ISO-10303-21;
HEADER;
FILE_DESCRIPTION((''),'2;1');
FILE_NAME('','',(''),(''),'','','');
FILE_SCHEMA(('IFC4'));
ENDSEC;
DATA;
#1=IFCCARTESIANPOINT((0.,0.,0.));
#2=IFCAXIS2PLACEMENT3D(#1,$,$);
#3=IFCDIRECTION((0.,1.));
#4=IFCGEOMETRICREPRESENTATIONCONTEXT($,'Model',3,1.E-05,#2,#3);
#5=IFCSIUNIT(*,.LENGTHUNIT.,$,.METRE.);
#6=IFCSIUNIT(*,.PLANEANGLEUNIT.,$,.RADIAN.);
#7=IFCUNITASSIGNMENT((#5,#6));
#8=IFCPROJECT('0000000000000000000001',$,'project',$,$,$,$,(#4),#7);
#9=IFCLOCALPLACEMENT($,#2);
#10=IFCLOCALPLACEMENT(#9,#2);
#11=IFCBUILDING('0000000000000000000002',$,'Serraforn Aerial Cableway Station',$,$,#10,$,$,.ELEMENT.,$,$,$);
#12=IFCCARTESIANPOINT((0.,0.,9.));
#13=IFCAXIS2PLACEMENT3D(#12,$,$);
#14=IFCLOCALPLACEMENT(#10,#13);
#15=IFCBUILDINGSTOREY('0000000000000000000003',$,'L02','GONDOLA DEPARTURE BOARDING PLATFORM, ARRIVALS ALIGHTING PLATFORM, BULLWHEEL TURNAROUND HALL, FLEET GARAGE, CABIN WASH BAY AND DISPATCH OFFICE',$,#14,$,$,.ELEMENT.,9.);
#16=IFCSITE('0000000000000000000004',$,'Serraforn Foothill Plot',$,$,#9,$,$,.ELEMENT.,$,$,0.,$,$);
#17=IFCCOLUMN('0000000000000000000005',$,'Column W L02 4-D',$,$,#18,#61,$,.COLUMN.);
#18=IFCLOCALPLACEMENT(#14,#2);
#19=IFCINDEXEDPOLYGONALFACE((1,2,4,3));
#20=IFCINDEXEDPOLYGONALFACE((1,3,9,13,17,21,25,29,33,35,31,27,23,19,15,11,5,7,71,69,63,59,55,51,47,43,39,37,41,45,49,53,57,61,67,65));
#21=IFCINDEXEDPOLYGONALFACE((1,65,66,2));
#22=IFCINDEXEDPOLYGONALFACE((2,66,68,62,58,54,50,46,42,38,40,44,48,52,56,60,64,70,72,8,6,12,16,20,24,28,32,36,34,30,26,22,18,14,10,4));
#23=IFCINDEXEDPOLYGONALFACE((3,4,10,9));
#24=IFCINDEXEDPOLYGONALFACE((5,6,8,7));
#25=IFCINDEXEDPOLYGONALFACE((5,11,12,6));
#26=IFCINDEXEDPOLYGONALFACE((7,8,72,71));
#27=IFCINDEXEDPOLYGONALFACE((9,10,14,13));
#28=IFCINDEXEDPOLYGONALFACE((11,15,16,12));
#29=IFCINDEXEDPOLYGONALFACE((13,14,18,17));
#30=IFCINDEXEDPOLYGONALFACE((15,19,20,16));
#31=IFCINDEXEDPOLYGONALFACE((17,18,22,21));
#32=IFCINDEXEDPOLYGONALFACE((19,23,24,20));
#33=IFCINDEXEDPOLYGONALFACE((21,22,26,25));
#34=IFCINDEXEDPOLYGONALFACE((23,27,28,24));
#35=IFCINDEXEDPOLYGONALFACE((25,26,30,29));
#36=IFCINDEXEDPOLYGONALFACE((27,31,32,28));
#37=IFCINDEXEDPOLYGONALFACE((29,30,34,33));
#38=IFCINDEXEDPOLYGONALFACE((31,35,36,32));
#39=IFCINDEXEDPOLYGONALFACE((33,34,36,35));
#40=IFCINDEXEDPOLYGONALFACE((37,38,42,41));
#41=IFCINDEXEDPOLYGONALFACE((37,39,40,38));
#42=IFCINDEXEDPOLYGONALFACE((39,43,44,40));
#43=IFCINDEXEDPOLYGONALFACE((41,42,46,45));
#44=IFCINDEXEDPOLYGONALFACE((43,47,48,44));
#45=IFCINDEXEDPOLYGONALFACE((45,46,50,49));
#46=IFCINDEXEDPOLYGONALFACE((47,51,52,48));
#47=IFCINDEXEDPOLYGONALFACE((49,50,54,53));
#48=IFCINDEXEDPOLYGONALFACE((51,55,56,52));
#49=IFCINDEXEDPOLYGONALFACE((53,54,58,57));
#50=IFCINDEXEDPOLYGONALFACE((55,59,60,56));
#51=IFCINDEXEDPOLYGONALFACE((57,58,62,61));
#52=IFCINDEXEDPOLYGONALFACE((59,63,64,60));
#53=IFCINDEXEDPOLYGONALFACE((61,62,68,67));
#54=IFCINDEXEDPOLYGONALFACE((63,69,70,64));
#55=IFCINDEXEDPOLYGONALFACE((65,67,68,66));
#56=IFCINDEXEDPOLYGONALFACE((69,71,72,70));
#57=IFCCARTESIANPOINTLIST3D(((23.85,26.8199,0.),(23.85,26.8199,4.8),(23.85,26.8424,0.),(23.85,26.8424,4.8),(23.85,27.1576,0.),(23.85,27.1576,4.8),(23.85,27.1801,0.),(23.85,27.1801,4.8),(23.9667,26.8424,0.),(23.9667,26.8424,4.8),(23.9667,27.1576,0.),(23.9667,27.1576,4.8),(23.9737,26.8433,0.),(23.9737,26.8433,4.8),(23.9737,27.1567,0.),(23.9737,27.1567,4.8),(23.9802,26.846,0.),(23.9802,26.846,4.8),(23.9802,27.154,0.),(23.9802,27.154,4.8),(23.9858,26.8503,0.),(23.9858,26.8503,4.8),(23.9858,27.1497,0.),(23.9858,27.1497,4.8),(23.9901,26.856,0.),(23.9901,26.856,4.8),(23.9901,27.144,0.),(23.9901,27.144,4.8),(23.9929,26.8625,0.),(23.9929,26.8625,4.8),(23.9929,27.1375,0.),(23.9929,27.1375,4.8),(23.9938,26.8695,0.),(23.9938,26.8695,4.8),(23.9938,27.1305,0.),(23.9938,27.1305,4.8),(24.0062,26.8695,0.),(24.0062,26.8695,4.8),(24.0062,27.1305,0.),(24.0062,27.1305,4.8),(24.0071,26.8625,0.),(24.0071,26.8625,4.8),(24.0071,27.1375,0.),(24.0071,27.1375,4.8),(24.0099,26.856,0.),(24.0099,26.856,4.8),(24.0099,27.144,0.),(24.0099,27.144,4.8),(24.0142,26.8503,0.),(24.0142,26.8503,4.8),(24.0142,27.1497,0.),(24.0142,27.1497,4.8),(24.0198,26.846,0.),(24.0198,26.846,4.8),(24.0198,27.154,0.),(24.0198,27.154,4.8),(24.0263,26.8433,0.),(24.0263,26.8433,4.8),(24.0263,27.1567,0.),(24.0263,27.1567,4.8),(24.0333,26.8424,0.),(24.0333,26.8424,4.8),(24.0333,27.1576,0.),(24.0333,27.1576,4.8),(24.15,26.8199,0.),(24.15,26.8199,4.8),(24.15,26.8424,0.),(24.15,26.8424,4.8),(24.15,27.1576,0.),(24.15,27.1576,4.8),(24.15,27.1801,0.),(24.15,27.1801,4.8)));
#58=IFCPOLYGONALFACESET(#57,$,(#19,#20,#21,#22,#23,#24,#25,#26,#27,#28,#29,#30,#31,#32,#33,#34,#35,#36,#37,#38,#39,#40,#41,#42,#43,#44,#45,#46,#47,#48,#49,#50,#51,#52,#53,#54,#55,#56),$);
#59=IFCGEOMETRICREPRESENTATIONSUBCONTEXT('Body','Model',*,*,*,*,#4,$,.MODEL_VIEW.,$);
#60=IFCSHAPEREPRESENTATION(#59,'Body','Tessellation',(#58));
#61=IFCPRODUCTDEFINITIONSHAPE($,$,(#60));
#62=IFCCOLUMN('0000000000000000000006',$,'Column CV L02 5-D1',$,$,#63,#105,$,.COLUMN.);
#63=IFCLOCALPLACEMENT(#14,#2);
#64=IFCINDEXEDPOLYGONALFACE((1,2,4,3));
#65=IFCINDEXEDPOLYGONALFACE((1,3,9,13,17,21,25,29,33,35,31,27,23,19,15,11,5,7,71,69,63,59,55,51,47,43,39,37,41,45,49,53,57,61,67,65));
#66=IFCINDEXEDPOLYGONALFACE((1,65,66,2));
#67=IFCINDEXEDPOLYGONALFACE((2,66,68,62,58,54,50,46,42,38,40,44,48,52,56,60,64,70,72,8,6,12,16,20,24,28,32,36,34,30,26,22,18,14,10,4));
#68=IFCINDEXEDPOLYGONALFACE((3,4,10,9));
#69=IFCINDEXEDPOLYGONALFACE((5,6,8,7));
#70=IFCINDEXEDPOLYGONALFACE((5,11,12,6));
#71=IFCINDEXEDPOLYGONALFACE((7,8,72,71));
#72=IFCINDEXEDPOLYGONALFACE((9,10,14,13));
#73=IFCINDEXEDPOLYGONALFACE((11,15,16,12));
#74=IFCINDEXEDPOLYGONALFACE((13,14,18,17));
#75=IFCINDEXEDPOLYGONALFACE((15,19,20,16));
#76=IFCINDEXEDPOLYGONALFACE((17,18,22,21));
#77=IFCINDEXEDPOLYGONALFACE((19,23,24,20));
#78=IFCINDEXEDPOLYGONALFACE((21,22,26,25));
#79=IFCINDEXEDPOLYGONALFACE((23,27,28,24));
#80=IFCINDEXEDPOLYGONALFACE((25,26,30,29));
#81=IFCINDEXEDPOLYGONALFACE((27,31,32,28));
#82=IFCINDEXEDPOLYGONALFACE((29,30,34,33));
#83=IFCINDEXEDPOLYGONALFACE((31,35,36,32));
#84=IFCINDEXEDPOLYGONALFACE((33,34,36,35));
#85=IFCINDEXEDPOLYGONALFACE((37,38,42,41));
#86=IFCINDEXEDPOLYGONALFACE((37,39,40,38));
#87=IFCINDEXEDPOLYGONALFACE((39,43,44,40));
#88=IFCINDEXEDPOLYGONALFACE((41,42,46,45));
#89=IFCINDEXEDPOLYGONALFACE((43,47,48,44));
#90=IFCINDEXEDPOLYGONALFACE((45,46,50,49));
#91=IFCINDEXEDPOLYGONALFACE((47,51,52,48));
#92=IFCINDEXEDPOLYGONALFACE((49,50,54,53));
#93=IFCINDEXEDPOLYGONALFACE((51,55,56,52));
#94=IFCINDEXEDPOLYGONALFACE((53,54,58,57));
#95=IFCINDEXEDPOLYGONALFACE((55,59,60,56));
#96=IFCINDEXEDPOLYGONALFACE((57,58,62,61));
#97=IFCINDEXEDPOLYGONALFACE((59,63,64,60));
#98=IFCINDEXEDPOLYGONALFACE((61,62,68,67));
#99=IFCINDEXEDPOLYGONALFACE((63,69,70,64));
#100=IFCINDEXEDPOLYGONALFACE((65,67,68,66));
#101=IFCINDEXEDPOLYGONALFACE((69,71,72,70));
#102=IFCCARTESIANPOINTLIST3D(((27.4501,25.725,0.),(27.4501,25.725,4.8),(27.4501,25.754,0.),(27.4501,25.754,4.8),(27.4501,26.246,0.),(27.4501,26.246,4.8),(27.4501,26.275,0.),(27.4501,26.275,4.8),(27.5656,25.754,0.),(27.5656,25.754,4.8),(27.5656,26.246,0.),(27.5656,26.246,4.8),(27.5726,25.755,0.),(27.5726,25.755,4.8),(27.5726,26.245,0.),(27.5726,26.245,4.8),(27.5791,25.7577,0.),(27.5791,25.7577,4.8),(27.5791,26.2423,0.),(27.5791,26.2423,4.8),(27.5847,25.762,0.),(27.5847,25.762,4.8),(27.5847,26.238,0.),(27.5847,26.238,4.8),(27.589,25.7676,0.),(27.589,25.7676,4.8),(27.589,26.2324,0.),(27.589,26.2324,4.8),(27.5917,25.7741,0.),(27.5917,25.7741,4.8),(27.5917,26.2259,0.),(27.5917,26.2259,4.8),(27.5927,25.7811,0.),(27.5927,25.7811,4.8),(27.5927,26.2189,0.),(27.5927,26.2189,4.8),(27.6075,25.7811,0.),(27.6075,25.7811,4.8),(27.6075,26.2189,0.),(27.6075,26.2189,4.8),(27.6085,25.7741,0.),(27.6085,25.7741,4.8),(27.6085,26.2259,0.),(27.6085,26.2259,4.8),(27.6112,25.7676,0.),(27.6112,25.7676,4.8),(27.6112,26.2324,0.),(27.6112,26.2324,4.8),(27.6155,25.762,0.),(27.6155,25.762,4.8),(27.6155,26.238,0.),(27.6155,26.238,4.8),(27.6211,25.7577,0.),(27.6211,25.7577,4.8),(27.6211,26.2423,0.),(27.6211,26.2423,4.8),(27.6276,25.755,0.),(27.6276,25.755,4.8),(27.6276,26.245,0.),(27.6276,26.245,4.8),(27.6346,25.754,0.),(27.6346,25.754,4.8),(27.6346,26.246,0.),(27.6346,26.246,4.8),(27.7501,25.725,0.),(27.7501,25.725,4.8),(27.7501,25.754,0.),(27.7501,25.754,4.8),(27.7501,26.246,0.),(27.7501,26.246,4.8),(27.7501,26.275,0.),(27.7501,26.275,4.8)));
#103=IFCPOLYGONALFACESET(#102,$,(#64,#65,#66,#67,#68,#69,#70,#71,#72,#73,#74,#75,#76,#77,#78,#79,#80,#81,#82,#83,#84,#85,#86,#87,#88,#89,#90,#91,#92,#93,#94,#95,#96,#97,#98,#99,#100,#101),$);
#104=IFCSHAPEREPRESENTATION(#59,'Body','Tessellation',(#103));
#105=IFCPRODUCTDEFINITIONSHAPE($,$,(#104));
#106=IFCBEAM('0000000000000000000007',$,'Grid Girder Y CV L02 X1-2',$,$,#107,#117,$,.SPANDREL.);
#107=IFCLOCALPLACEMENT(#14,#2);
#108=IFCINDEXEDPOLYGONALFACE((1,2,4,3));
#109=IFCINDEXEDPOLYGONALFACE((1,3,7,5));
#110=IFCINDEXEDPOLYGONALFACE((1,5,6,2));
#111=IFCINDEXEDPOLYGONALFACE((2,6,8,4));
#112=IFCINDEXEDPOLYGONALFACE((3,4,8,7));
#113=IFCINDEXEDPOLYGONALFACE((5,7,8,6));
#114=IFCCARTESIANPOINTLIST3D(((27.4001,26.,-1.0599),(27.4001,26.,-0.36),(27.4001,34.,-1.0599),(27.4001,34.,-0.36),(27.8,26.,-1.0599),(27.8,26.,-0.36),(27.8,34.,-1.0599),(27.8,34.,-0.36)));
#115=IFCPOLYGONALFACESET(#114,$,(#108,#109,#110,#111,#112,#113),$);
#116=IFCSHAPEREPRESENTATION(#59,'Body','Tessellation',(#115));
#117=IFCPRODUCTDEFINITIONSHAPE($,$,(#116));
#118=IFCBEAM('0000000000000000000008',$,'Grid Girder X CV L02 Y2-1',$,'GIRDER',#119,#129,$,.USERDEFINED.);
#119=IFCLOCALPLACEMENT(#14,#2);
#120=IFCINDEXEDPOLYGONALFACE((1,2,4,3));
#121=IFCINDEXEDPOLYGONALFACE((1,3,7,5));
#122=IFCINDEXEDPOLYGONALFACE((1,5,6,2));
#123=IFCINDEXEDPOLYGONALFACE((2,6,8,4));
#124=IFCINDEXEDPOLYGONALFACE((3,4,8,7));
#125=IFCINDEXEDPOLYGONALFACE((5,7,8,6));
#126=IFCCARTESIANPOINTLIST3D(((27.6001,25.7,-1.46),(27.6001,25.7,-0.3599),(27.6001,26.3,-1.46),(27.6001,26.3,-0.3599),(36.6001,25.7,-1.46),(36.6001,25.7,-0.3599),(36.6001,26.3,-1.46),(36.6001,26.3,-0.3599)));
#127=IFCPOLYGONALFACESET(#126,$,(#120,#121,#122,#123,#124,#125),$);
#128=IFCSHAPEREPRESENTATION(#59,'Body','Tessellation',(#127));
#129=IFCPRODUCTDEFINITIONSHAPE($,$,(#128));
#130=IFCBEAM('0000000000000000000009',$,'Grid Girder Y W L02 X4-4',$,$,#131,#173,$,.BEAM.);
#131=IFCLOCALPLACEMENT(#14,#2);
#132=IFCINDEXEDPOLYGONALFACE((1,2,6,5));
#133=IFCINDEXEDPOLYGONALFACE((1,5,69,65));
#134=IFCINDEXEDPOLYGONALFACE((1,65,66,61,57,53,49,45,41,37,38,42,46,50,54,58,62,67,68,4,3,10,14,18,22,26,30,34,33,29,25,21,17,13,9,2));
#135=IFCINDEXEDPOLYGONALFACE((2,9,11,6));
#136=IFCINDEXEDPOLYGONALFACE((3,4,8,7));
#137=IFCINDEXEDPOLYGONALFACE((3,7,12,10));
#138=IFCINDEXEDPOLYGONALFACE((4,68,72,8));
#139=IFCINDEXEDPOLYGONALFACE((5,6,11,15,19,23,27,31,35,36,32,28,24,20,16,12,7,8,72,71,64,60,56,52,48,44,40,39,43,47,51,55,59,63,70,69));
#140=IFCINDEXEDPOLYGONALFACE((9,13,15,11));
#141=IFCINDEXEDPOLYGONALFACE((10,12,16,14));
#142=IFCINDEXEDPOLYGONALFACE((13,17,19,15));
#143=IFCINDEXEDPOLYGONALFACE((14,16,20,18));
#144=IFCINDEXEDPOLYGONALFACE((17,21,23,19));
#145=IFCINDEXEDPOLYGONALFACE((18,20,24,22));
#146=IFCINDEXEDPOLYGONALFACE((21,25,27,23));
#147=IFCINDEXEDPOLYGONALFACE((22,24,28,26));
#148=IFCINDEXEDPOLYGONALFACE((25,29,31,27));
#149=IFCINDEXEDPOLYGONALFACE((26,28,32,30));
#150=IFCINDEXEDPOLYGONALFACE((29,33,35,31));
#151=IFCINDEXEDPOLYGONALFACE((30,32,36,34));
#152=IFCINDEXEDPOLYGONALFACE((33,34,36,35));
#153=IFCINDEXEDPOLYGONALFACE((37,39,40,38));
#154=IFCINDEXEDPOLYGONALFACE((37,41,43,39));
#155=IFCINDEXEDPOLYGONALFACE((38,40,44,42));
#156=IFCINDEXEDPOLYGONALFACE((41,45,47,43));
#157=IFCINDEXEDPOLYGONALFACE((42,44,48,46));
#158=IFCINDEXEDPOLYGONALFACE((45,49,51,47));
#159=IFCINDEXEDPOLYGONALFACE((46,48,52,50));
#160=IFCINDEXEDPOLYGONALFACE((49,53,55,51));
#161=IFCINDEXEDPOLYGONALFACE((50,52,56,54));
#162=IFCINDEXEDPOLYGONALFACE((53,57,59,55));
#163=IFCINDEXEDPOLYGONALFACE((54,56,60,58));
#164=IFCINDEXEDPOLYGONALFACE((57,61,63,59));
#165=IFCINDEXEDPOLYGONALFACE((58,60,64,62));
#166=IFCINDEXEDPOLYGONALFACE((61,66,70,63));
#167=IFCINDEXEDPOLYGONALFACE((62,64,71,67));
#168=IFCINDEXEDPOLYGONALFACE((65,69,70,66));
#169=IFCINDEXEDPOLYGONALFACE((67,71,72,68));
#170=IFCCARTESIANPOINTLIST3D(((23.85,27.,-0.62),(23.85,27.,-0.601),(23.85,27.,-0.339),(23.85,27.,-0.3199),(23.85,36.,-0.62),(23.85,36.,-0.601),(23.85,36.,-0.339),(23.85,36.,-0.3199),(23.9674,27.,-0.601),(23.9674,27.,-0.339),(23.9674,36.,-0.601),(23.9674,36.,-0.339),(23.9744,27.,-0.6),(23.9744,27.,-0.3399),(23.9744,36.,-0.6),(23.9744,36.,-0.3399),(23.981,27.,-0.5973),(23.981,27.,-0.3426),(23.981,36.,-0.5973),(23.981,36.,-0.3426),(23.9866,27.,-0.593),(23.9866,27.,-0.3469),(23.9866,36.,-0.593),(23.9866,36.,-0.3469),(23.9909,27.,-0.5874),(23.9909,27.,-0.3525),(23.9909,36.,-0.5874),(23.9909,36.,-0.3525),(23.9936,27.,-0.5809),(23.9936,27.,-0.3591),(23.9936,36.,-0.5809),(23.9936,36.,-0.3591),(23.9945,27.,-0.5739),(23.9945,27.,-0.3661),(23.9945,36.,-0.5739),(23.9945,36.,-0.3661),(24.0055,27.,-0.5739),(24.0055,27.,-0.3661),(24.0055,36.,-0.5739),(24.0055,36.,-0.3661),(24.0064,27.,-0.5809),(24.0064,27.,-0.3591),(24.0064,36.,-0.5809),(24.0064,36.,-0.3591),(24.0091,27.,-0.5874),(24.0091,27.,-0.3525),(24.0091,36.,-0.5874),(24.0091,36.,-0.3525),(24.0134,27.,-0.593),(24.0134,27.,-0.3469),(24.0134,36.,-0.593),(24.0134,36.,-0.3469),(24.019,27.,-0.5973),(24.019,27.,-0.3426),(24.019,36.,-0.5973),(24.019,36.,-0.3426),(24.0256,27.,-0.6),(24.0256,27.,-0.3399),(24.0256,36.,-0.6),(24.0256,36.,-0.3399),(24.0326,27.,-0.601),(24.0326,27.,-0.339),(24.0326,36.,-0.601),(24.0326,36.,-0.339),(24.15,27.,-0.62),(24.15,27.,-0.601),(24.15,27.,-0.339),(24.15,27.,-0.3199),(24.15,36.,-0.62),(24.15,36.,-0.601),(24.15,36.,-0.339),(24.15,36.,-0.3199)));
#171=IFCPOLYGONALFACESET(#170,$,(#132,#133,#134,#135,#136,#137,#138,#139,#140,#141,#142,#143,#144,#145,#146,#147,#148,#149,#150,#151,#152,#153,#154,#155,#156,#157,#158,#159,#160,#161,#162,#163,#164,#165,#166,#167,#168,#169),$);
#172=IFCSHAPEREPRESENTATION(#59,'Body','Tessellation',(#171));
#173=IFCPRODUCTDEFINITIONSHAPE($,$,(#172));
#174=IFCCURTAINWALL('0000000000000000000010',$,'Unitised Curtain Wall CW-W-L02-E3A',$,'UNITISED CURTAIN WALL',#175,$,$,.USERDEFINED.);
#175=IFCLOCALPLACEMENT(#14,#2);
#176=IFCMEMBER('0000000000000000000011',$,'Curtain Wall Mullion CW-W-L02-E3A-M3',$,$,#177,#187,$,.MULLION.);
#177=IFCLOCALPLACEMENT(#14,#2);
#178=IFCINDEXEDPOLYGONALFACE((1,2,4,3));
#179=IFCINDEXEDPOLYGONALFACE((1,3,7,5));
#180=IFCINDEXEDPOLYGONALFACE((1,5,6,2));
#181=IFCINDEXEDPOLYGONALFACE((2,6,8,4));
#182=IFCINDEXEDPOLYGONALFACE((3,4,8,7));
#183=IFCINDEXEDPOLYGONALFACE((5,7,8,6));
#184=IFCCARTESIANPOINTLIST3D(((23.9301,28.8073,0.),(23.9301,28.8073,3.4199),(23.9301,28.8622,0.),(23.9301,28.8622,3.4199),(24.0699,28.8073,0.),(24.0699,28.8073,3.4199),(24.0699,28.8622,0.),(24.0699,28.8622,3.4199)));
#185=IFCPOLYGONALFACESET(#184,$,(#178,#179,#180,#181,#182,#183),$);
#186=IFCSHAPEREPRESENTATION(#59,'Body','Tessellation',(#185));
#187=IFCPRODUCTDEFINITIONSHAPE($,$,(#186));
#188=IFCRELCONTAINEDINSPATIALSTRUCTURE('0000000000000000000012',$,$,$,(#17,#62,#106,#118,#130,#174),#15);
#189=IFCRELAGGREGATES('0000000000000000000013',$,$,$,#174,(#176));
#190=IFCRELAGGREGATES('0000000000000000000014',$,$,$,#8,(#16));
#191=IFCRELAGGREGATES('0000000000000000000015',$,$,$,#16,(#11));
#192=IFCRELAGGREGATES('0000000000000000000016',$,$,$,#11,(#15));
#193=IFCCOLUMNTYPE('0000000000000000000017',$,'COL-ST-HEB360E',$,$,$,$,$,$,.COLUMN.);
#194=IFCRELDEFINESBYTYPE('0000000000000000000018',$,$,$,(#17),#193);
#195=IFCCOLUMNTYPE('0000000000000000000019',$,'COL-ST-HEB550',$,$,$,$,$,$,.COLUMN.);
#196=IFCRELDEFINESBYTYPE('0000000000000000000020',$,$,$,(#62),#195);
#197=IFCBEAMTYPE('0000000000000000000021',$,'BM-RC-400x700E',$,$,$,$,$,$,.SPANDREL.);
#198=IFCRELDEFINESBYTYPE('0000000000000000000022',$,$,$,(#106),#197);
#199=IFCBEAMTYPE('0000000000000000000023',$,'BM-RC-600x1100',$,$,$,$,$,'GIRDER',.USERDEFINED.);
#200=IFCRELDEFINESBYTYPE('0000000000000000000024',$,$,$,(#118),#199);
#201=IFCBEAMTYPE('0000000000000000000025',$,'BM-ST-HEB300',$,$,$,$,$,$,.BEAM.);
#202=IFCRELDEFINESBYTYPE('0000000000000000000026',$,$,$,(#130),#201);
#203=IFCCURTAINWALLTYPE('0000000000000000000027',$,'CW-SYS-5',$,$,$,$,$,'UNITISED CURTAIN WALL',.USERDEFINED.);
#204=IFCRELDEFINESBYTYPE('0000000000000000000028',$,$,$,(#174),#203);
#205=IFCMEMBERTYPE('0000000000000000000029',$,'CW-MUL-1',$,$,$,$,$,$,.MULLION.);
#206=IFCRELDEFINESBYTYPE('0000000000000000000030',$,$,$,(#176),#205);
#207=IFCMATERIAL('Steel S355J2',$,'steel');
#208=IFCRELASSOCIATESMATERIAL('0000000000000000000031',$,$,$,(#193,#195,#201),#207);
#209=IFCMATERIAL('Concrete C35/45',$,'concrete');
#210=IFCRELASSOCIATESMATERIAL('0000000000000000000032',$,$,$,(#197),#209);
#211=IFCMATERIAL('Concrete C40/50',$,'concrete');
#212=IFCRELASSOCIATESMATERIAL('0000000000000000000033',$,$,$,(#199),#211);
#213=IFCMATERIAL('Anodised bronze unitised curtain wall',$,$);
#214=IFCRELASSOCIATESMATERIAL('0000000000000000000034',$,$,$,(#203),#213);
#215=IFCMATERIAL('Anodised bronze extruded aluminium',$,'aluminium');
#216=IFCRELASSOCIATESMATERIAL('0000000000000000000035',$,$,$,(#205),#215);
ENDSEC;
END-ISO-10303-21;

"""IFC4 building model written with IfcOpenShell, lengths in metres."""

from ifc_helpers import new_model, si_unit, direction, frame, origin, origin_2d, place, context, subcontext, project, spatial, rectangle, i_section, extrude, material, material_profile, profile_set, type_object, element, aggregate, save


model = new_model("IFC4")

# Units and contexts
model_context = context("Model", 3, precision=1e-05, world=origin(), true_north=direction((0.0, 1.0)))
body_context = subcontext(model_context, "Body", "Model", "MODEL_VIEW")
ifc_project = project(units=[si_unit("LENGTHUNIT", "METRE"), si_unit("PLANEANGLEUNIT", "RADIAN")], contexts=[model_context])

# Site, building, storey
site_placement = place(None, origin())
site = spatial("IfcSite", under=ifc_project, at=site_placement, Name="Serraforn Foothill Plot", CompositionType="ELEMENT", RefElevation=0.0)
building_placement = place(site_placement, origin())
building = spatial("IfcBuilding", under=site, at=building_placement, Name="Serraforn Aerial Cableway Station", CompositionType="ELEMENT")
storey_placement = place(building_placement, frame((0.0, 0.0, 9.0)))
storey = spatial("IfcBuildingStorey", under=building, at=storey_placement, Name="L02", Description="GONDOLA DEPARTURE BOARDING PLATFORM, ARRIVALS ALIGHTING PLATFORM, BULLWHEEL TURNAROUND HALL, FLEET GARAGE, CABIN WASH BAY AND DISPATCH OFFICE", CompositionType="ELEMENT", Elevation=9.0)

# Columns
ifc_material_1 = material(Name="Steel S355J2", Category="steel")
ifc_material_profile_1 = material_profile(ifc_material_1, i_section(OverallWidth=0.3, OverallDepth=0.3601, WebThickness=0.0125, FlangeThickness=0.0225, FilletRadius=0.0271, at=origin_2d()), Name="HEB 360")
ifc_profile_set_1 = profile_set([ifc_material_profile_1], Name="Steel S355J2")
column_type_1 = type_object("IfcColumnType", Name="COL-ST-HEB360E", PredefinedType="COLUMN", material=ifc_profile_set_1)
column_1_placement = place(storey_placement, frame((24.0, 27.0, 0.0), z_axis=(0.0, 0.0, 1.0), x_axis=(1.0, 0.0, 0.0)))
element("IfcColumn", 1, at=column_1_placement, inside=storey, type_object=column_type_1, Name="Column W L02 4-D", PredefinedType="COLUMN", context=body_context, shape_type="SweptSolid", body=[
    extrude(i_section(OverallWidth=0.3, OverallDepth=0.3601, WebThickness=0.0125, FlangeThickness=0.0225, FilletRadius=0.0271, at=origin_2d()), origin(), (0.0, 0.0, 1.0), 4.8),
])
ifc_material_profile_2 = material_profile(ifc_material_1, i_section(OverallWidth=0.3, OverallDepth=0.55, WebThickness=0.0149, FlangeThickness=0.0291, FilletRadius=0.0271, at=origin_2d()), Name="HEB 550")
ifc_profile_set_2 = profile_set([ifc_material_profile_2], Name="Steel S355J2")
column_type_2 = type_object("IfcColumnType", Name="COL-ST-HEB550", PredefinedType="COLUMN", material=ifc_profile_set_2)
column_2_placement = place(storey_placement, frame((27.6001, 26.0, 0.0), z_axis=(0.0, 0.0, 1.0), x_axis=(1.0, 0.0, 0.0)))
element("IfcColumn", 2, at=column_2_placement, inside=storey, type_object=column_type_2, Name="Column CV L02 5-D1", PredefinedType="COLUMN", context=body_context, shape_type="SweptSolid", body=[
    extrude(i_section(OverallWidth=0.3, OverallDepth=0.55, WebThickness=0.0149, FlangeThickness=0.0291, FilletRadius=0.0271, at=origin_2d()), origin(), (0.0, 0.0, 1.0), 4.8),
])

# Beams
ifc_material_2 = material(Name="Concrete C35/45", Category="concrete")
ifc_material_profile_3 = material_profile(ifc_material_2, rectangle(XDim=0.3999, YDim=0.7, at=origin_2d()), Name="RC 400x700")
ifc_profile_set_3 = profile_set([ifc_material_profile_3], Name="Concrete C35/45")
beam_type_1 = type_object("IfcBeamType", Name="BM-RC-400x700E", PredefinedType="SPANDREL", material=ifc_profile_set_3)
beam_1_placement = place(storey_placement, frame((27.6001, 26.0, -0.71), z_axis=(0.0, 1.0, 0.0), x_axis=(-1.0, 0.0, 0.0)))
element("IfcBeam", 3, at=beam_1_placement, inside=storey, type_object=beam_type_1, Name="Grid Girder Y CV L02 X1-2", PredefinedType="SPANDREL", context=body_context, shape_type="SweptSolid", body=[
    extrude(rectangle(XDim=0.3999, YDim=0.7, at=origin_2d()), origin(), (0.0, 0.0, 1.0), 8.0),
])
ifc_material_3 = material(Name="Concrete C40/50", Category="concrete")
ifc_material_profile_4 = material_profile(ifc_material_3, rectangle(XDim=0.6001, YDim=1.1001, at=origin_2d()), Name="RC 600x1100")
ifc_profile_set_4 = profile_set([ifc_material_profile_4], Name="Concrete C40/50")
beam_type_2 = type_object("IfcBeamType", Name="BM-RC-600x1100", ElementType="GIRDER", PredefinedType="USERDEFINED", material=ifc_profile_set_4)
beam_2_placement = place(storey_placement, frame((27.6001, 26.0, -0.9099), z_axis=(1.0, 0.0, 0.0), x_axis=(0.0, 1.0, 0.0)))
element("IfcBeam", 4, at=beam_2_placement, inside=storey, type_object=beam_type_2, Name="Grid Girder X CV L02 Y2-1", ObjectType="GIRDER", PredefinedType="USERDEFINED", context=body_context, shape_type="SweptSolid", body=[
    extrude(rectangle(XDim=0.6001, YDim=1.1001, at=origin_2d()), origin(), (0.0, 0.0, 1.0), 9.0),
])
ifc_material_profile_5 = material_profile(ifc_material_1, i_section(OverallWidth=0.3, OverallDepth=0.3, WebThickness=0.011, FlangeThickness=0.019, FilletRadius=0.0271, at=origin_2d()), Name="HEB 300")
ifc_profile_set_5 = profile_set([ifc_material_profile_5], Name="Steel S355J2")
beam_type_3 = type_object("IfcBeamType", Name="BM-ST-HEB300", PredefinedType="BEAM", material=ifc_profile_set_5)
beam_3_placement = place(storey_placement, frame((24.0, 27.0, -0.47), z_axis=(0.0, 1.0, 0.0), x_axis=(-1.0, 0.0, 0.0)))
element("IfcBeam", 5, at=beam_3_placement, inside=storey, type_object=beam_type_3, Name="Grid Girder Y W L02 X4-4", PredefinedType="BEAM", context=body_context, shape_type="SweptSolid", body=[
    extrude(i_section(OverallWidth=0.3, OverallDepth=0.3, WebThickness=0.011, FlangeThickness=0.019, FilletRadius=0.0271, at=origin_2d()), origin(), (0.0, 0.0, 1.0), 9.0),
])

# Curtain wall, member
ifc_material_4 = material(Name="Anodised bronze unitised curtain wall")
curtain_wall_type = type_object("IfcCurtainWallType", Name="CW-SYS-5", ElementType="UNITISED CURTAIN WALL", PredefinedType="USERDEFINED", material=ifc_material_4)
curtain_wall_placement = place(storey_placement, origin())
curtain_wall = element("IfcCurtainWall", 6, at=curtain_wall_placement, inside=storey, type_object=curtain_wall_type, Name="Unitised Curtain Wall CW-W-L02-E3A", ObjectType="UNITISED CURTAIN WALL", PredefinedType="USERDEFINED")
ifc_material_5 = material(Name="Anodised bronze extruded aluminium", Category="aluminium")
ifc_material_profile_6 = material_profile(ifc_material_5, rectangle(XDim=0.0549, YDim=0.1399, at=origin_2d()), Name="CW MULLION 55x140")
ifc_profile_set_6 = profile_set([ifc_material_profile_6], Name="Anodised bronze extruded aluminium")
member_type_1 = type_object("IfcMemberType", Name="CW-MUL-1", PredefinedType="MULLION", material=ifc_profile_set_6)
member_1_placement = place(storey_placement, frame((24.0, 28.8347, 0.0), z_axis=(0.0, 0.0, 1.0), x_axis=(0.0, 1.0, 0.0)))
member_1 = element("IfcMember", 7, at=member_1_placement, type_object=member_type_1, Name="Curtain Wall Mullion CW-W-L02-E3A-M3", PredefinedType="MULLION", context=body_context, shape_type="SweptSolid", body=[
    extrude(rectangle(XDim=0.0549, YDim=0.1399, at=origin_2d()), origin(), (0.0, 0.0, 1.0), 3.4199),
])
aggregate(curtain_wall, [member_1])

save(model, "model.ifc")
